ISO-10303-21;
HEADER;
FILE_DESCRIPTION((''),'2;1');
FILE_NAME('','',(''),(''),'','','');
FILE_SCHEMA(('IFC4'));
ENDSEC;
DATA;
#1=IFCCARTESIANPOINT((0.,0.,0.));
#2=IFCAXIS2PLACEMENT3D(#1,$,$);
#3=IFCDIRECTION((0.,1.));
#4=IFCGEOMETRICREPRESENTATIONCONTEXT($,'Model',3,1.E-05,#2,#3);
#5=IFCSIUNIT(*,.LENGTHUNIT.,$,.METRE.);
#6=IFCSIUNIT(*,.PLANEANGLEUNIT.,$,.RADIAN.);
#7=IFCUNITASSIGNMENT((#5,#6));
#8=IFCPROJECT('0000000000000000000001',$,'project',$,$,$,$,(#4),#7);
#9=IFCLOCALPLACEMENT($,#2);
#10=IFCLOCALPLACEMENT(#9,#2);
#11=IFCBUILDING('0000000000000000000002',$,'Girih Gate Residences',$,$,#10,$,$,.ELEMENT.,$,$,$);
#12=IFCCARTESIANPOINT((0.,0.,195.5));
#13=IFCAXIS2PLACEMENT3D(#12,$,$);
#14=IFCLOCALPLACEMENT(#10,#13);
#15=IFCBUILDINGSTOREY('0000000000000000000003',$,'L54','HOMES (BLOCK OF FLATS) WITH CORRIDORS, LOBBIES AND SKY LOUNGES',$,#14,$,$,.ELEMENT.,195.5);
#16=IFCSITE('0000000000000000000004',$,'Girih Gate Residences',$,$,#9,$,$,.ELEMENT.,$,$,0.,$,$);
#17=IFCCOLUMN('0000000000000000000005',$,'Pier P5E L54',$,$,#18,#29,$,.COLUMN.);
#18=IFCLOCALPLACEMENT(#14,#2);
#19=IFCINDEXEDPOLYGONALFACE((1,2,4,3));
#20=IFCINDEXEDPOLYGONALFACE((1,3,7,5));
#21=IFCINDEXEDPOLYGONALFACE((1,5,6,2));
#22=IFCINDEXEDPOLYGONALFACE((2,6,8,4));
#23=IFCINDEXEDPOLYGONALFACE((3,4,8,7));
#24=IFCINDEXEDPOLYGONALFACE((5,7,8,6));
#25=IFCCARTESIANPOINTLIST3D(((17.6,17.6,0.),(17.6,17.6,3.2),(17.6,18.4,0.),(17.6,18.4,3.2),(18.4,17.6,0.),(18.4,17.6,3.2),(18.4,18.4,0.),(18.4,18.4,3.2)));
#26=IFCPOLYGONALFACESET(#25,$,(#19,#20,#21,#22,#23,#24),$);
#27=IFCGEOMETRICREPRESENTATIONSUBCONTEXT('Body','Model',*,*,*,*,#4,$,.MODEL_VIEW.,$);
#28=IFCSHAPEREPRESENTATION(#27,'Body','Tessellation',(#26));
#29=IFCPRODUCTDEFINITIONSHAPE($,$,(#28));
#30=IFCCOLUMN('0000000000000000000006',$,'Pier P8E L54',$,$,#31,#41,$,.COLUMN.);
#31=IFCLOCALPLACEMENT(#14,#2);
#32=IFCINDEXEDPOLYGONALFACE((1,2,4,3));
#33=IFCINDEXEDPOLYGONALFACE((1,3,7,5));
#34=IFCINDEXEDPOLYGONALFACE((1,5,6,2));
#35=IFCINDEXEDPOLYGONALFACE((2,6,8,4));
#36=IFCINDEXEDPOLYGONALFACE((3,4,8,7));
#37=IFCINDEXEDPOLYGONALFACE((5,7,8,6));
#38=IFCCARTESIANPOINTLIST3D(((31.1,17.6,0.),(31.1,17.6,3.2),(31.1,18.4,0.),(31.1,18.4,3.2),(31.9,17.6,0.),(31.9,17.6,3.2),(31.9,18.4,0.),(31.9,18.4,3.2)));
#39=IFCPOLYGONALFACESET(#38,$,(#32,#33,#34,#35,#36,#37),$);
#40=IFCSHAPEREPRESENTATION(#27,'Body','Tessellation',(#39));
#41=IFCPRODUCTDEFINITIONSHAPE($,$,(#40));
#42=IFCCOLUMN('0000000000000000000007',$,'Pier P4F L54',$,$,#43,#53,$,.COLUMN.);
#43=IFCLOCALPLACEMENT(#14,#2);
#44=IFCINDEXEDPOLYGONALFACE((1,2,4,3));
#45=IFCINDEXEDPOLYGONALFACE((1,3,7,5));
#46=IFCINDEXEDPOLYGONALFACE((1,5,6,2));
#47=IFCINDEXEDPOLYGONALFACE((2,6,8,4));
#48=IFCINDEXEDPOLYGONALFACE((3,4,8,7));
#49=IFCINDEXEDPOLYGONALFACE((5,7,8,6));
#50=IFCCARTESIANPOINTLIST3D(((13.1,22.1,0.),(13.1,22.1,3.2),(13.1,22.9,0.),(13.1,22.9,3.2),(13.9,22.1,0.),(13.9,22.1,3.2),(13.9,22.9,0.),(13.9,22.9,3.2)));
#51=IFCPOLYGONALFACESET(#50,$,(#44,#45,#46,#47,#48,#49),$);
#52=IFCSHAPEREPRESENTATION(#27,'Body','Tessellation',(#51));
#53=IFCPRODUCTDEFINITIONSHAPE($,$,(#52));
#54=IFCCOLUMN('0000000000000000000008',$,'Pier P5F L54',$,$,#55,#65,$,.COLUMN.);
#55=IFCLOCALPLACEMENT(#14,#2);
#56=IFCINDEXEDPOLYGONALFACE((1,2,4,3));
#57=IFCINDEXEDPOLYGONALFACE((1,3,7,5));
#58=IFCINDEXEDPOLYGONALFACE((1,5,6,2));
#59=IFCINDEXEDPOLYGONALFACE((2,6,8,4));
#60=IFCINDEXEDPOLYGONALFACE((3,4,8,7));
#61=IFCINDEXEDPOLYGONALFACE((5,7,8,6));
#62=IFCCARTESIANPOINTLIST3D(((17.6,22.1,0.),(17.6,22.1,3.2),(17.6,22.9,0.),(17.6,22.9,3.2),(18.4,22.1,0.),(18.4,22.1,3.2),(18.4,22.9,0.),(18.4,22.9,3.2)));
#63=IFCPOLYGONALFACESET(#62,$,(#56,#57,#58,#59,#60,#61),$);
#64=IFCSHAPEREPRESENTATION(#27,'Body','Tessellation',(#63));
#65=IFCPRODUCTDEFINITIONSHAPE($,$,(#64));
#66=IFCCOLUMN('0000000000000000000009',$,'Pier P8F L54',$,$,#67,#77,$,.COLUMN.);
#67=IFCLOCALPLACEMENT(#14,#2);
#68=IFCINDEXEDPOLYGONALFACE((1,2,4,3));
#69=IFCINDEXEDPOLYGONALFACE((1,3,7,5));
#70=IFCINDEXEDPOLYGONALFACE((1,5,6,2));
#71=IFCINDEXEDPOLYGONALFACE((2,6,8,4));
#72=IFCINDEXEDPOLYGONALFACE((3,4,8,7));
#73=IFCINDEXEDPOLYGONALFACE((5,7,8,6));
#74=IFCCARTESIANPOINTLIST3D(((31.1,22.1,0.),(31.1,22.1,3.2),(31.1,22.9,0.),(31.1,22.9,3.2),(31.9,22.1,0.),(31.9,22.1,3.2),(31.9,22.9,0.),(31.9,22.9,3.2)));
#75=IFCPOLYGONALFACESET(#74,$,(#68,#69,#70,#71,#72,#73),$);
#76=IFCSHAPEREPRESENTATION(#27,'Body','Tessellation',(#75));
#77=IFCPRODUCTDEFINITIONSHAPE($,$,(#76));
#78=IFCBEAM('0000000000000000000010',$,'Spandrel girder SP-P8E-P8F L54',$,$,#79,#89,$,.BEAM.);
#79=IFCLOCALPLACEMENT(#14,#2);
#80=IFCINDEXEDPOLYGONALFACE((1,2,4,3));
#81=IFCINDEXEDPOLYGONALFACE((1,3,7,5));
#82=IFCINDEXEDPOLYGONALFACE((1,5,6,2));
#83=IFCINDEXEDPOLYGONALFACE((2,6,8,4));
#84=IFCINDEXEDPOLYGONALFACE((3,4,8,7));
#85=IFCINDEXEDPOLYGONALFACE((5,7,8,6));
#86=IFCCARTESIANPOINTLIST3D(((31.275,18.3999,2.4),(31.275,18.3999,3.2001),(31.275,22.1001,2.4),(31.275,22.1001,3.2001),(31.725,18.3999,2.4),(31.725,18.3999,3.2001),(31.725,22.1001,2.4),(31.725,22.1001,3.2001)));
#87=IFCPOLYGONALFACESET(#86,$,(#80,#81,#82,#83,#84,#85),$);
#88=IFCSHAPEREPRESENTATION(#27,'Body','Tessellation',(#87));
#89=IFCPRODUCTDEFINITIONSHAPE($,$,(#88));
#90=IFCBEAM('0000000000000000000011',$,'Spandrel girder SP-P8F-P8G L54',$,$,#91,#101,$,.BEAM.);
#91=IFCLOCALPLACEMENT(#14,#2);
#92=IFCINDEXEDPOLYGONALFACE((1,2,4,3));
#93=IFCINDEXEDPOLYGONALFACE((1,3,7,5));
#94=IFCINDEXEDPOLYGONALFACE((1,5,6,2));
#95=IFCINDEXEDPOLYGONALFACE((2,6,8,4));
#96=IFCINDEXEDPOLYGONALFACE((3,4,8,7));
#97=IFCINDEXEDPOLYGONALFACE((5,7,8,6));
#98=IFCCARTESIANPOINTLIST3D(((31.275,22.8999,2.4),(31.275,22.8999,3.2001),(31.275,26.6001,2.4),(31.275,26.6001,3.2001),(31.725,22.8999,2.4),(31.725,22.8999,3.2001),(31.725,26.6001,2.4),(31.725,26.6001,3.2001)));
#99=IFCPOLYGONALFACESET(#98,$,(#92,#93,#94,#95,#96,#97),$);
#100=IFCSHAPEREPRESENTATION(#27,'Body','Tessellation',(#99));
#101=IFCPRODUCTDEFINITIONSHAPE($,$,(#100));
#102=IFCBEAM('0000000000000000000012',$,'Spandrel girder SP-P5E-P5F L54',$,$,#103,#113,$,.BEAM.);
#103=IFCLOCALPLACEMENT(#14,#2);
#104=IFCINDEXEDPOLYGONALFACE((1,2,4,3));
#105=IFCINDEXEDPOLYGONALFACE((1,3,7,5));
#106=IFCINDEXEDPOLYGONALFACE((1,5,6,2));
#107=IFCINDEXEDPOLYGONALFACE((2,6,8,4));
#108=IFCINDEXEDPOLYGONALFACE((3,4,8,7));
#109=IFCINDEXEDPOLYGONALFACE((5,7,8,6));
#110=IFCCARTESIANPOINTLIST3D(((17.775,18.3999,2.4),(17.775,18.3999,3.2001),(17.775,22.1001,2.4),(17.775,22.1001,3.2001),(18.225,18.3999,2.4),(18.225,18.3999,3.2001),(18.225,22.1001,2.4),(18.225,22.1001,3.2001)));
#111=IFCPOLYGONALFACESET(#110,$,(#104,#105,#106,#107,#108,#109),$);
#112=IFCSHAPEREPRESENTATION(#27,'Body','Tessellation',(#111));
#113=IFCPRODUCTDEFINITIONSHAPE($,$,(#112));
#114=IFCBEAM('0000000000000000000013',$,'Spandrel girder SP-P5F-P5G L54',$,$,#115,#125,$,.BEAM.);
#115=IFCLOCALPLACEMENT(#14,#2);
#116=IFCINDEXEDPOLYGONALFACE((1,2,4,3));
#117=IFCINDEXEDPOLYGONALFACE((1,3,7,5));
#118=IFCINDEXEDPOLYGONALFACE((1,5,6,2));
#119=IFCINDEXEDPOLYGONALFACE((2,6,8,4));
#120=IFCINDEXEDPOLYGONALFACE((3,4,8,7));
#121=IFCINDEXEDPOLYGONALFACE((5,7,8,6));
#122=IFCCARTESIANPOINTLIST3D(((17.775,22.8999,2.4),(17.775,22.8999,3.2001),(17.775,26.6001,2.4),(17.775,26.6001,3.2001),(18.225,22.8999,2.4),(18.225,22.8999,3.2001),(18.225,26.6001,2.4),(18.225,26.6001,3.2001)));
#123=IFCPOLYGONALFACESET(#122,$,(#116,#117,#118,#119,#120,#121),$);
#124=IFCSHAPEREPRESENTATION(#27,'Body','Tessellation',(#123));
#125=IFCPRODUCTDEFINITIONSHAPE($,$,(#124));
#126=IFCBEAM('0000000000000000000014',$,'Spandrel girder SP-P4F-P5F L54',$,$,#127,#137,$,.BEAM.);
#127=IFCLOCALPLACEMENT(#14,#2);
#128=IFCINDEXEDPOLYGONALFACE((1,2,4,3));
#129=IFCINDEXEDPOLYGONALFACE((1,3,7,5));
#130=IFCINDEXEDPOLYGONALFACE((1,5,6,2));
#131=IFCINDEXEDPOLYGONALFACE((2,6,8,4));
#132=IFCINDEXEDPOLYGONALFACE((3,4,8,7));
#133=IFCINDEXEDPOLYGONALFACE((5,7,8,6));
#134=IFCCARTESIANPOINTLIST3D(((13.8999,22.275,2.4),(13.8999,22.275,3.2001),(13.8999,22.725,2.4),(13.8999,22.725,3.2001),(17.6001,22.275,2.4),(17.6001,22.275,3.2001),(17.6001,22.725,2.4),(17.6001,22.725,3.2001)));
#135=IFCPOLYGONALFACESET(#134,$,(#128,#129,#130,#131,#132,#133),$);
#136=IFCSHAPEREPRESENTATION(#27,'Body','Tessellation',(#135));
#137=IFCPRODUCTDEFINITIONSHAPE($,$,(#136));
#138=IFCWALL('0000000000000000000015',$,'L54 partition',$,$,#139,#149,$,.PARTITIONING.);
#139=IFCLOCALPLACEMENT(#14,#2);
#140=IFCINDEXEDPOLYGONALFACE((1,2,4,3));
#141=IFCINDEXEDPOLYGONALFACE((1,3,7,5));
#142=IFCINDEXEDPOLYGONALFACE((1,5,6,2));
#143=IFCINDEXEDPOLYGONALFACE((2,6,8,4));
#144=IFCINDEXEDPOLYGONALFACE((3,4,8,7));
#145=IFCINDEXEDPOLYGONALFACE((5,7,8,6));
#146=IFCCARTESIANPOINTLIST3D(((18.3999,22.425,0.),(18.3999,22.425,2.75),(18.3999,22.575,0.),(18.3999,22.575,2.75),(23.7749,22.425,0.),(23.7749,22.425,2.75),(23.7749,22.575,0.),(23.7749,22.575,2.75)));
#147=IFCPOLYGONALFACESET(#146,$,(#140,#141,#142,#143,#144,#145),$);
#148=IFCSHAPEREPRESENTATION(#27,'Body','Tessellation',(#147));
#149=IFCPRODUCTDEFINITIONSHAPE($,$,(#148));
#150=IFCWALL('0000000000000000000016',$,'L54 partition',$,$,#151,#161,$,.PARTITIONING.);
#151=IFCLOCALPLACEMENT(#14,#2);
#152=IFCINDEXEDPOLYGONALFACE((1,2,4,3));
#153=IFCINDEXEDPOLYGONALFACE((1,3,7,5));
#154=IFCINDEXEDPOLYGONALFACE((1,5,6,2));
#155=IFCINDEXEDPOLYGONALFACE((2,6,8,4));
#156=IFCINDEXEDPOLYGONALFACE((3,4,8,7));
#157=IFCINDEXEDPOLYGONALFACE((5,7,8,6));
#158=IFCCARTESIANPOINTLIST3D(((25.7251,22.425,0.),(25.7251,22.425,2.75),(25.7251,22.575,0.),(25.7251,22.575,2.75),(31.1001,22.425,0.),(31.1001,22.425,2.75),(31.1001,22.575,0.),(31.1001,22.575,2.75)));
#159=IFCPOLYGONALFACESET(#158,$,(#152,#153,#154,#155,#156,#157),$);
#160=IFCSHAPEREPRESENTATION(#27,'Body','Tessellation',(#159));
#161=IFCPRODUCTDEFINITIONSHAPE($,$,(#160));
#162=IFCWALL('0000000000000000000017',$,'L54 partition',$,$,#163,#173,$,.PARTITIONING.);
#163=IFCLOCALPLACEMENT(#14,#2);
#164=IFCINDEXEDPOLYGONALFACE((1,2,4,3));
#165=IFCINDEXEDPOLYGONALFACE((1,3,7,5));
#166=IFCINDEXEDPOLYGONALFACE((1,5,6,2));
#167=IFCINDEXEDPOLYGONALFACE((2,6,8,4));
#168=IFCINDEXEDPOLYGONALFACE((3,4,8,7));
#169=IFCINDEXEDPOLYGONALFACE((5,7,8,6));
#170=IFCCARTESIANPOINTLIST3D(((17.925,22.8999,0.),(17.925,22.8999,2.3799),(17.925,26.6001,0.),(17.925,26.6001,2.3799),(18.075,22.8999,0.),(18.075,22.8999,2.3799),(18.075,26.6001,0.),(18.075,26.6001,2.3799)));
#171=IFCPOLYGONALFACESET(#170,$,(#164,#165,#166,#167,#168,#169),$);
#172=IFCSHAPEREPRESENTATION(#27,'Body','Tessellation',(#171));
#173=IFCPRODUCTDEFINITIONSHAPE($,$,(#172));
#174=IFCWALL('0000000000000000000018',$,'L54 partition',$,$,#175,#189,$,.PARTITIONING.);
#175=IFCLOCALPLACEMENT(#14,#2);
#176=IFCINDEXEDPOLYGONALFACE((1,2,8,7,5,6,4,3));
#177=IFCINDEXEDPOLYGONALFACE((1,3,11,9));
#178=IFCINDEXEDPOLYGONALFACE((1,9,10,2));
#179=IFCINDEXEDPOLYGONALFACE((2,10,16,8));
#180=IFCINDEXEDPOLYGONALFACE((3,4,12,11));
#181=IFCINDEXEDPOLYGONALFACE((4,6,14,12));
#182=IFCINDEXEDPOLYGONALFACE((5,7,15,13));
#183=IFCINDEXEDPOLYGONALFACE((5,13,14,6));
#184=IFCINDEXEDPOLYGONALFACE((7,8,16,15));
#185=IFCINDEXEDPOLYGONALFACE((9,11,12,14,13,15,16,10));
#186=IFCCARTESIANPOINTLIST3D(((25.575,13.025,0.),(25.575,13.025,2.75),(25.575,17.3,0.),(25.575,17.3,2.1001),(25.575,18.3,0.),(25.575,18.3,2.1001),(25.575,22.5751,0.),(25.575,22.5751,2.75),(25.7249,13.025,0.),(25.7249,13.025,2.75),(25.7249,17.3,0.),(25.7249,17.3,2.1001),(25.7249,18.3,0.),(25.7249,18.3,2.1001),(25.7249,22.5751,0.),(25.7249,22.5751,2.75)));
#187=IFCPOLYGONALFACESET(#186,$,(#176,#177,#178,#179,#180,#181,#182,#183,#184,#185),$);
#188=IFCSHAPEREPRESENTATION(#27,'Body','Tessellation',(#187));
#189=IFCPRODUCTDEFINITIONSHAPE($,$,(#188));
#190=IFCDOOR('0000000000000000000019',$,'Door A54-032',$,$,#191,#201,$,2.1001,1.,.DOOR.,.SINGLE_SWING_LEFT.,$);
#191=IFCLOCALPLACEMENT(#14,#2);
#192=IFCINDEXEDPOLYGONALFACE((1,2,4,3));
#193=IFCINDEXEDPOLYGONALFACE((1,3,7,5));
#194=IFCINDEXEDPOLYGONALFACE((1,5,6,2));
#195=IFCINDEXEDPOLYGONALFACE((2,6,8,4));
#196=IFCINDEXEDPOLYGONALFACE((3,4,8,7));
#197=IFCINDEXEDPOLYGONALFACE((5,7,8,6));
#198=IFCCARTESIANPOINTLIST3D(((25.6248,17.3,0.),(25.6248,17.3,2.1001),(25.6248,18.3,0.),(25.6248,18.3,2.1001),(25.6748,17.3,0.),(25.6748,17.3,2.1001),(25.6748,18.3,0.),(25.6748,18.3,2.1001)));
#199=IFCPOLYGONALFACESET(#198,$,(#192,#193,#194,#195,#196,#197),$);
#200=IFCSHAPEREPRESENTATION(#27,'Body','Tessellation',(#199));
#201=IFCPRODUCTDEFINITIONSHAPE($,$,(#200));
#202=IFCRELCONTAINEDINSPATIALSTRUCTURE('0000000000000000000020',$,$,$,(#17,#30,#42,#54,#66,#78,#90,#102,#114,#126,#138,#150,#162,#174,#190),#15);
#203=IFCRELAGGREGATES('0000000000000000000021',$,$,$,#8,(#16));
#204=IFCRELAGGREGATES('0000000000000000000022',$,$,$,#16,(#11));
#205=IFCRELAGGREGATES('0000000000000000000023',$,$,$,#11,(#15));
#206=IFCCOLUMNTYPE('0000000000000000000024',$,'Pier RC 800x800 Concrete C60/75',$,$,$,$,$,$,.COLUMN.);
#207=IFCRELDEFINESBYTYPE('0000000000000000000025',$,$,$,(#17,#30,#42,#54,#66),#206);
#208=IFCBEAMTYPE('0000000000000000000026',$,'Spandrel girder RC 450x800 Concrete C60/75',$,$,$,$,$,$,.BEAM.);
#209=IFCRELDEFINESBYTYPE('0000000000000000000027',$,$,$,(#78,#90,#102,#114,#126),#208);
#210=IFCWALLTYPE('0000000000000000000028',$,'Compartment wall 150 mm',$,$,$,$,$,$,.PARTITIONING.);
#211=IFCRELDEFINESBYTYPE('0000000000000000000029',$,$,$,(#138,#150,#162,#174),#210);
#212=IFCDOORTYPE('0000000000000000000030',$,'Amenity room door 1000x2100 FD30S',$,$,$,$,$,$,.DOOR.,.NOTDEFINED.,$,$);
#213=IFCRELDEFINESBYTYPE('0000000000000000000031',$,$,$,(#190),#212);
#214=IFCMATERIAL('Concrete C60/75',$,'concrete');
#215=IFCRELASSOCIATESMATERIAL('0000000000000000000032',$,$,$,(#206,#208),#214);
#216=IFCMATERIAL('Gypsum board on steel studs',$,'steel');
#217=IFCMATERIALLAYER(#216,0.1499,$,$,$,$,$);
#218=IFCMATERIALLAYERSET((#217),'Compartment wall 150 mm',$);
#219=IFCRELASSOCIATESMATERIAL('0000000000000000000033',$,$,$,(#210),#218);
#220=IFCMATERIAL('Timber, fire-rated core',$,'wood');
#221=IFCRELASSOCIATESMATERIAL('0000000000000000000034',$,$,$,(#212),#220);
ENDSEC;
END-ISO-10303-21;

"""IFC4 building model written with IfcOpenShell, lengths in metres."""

from ifc_helpers import new_model, si_unit, direction, frame, frame_2d, origin, origin_2d, place, context, subcontext, project, spatial, rectangle, extrude, material, layer, layer_set, material_profile, profile_set, type_object, element, fill, save


model = new_model("IFC4")

# Units and contexts
model_context = context("Model", 3, precision=1e-05, world=origin(), true_north=direction((0.0, 1.0)))
body_context = subcontext(model_context, "Body", "Model", "MODEL_VIEW")
ifc_project = project(units=[si_unit("LENGTHUNIT", "METRE"), si_unit("PLANEANGLEUNIT", "RADIAN")], contexts=[model_context])

# Site, building, storey
site_placement = place(None, origin())
site = spatial("IfcSite", under=ifc_project, at=site_placement, Name="Girih Gate Residences", CompositionType="ELEMENT", RefElevation=0.0)
building_placement = place(site_placement, origin())
building = spatial("IfcBuilding", under=site, at=building_placement, Name="Girih Gate Residences", CompositionType="ELEMENT")
storey_placement = place(building_placement, frame((0.0, 0.0, 195.5)))
storey = spatial("IfcBuildingStorey", under=building, at=storey_placement, Name="L54", Description="HOMES (BLOCK OF FLATS) WITH CORRIDORS, LOBBIES AND SKY LOUNGES", CompositionType="ELEMENT", Elevation=195.5)

# Columns
ifc_material_1 = material(Name="Concrete C60/75", Category="concrete")
ifc_material_profile_1 = material_profile(ifc_material_1, rectangle(XDim=0.8, YDim=0.8, at=origin_2d()))
ifc_profile_set_1 = profile_set([ifc_material_profile_1], Name="Concrete C60/75")
column_type = type_object("IfcColumnType", Name="Pier RC 800x800 Concrete C60/75", PredefinedType="COLUMN", material=ifc_profile_set_1)
for number, where, z_axis, x_axis, name in (
    (1, (18.0, 18.0, 0.0), (0.0, 0.0, 1.0), (1.0, 0.0, 0.0), "Pier P5E L54"),
    (2, (31.5, 18.0, 0.0), (0.0, 0.0, 1.0), (1.0, 0.0, 0.0), "Pier P8E L54"),
    (3, (13.5, 22.5, 0.0), (0.0, 0.0, 1.0), (1.0, 0.0, 0.0), "Pier P4F L54"),
    (4, (18.0, 22.5, 0.0), (0.0, 0.0, 1.0), (1.0, 0.0, 0.0), "Pier P5F L54"),
    (5, (31.5, 22.5, 0.0), (0.0, 0.0, 1.0), (1.0, 0.0, 0.0), "Pier P8F L54"),
):
    element("IfcColumn", number, at=place(storey_placement, frame(where, z_axis=z_axis, x_axis=x_axis)), inside=storey, type_object=column_type, Name=name, PredefinedType="COLUMN", context=body_context, shape_type="SweptSolid", body=[
        extrude(rectangle(XDim=0.8, YDim=0.8, at=origin_2d()), origin(), (0.0, 0.0, 1.0), 3.2),
    ])

# Beams
ifc_material_profile_2 = material_profile(ifc_material_1, rectangle(XDim=0.45, YDim=0.8, at=origin_2d()))
ifc_profile_set_2 = profile_set([ifc_material_profile_2], Name="Concrete C60/75")
beam_type = type_object("IfcBeamType", Name="Spandrel girder RC 450x800 Concrete C60/75", PredefinedType="BEAM", material=ifc_profile_set_2)
for number, where, z_axis, x_axis, name in (
    (6, (31.5, 18.3999, 2.8), (0.0, 1.0, 0.0), (-1.0, 0.0, 0.0), "Spandrel girder SP-P8E-P8F L54"),
    (7, (31.5, 22.8999, 2.8), (0.0, 1.0, 0.0), (-1.0, 0.0, 0.0), "Spandrel girder SP-P8F-P8G L54"),
    (8, (18.0, 18.3999, 2.8), (0.0, 1.0, 0.0), (-1.0, 0.0, 0.0), "Spandrel girder SP-P5E-P5F L54"),
    (9, (18.0, 22.8999, 2.8), (0.0, 1.0, 0.0), (-1.0, 0.0, 0.0), "Spandrel girder SP-P5F-P5G L54"),
    (10, (13.8999, 22.5, 2.8), (1.0, 0.0, 0.0), (0.0, 1.0, 0.0), "Spandrel girder SP-P4F-P5F L54"),
):
    element("IfcBeam", number, at=place(storey_placement, frame(where, z_axis=z_axis, x_axis=x_axis)), inside=storey, type_object=beam_type, Name=name, PredefinedType="BEAM", context=body_context, shape_type="SweptSolid", body=[
        extrude(rectangle(XDim=0.45, YDim=0.8, at=origin_2d()), origin(), (0.0, 0.0, 1.0), 3.7002),
    ])

# Walls
ifc_material_2 = material(Name="Gypsum board on steel studs", Category="steel")
ifc_layer_1 = layer(ifc_material_2, 0.1499)
ifc_layer_set_1 = layer_set([ifc_layer_1], Name="Compartment wall 150 mm")
wall_type_1 = type_object("IfcWallType", Name="Compartment wall 150 mm", PredefinedType="PARTITIONING", material=ifc_layer_set_1)
for number, where, z_axis, x_axis, name in (
    (11, (18.3999, 22.5, 0.0), (0.0, 0.0, 1.0), (1.0, 0.0, 0.0), "L54 partition"),
    (12, (25.7251, 22.5, 0.0), (0.0, 0.0, 1.0), (1.0, 0.0, 0.0), "L54 partition"),
):
    element("IfcWall", number, at=place(storey_placement, frame(where, z_axis=z_axis, x_axis=x_axis)), inside=storey, type_object=wall_type_1, Name=name, PredefinedType="PARTITIONING", context=body_context, shape_type="SweptSolid", body=[
        extrude(rectangle(XDim=5.375, YDim=0.1499, at=frame_2d((2.6875, 0.0))), origin(), (0.0, 0.0, 1.0), 2.75),
    ])
wall_1_placement = place(storey_placement, frame((18.0, 22.8999, 0.0), z_axis=(0.0, 0.0, 1.0), x_axis=(0.0, 1.0, 0.0)))
element("IfcWall", 13, at=wall_1_placement, inside=storey, type_object=wall_type_1, Name="L54 partition", PredefinedType="PARTITIONING", context=body_context, shape_type="SweptSolid", body=[
    extrude(rectangle(XDim=3.7002, YDim=0.1499, at=frame_2d((1.8501, 0.0))), origin(), (0.0, 0.0, 1.0), 2.3799),
])

# Wall, opening, door
wall_2_placement = place(storey_placement, frame((25.6499, 22.575, 0.0), z_axis=(0.0, 0.0, 1.0), x_axis=(0.0, -1.0, 0.0)))
wall_2 = element("IfcWall", 14, at=wall_2_placement, inside=storey, type_object=wall_type_1, Name="L54 partition", PredefinedType="PARTITIONING", context=body_context, shape_type="SweptSolid", body=[
    extrude(rectangle(XDim=9.55, YDim=0.1499, at=frame_2d((4.7749, 0.0))), origin(), (0.0, 0.0, 1.0), 2.75),
])
opening_1_placement = place(wall_2_placement, frame((4.2749, 0.0, 0.0)))
opening_1 = element("IfcOpeningElement", 15, at=opening_1_placement, cuts=wall_2, PredefinedType="OPENING", context=body_context, shape_type="SweptSolid", body=[
    extrude(rectangle(XDim=1.0, YDim=2.1001, at=frame_2d((0.5, 1.05))), frame((0.0, 0.085, 0.0), z_axis=(0.0, -1.0, 0.0), x_axis=(1.0, 0.0, 0.0)), (0.0, 0.0, 1.0), 0.1699),
])
ifc_material_3 = material(Name="Timber, fire-rated core", Category="wood")
door_type = type_object("IfcDoorType", Name="Amenity room door 1000x2100 FD30S", OperationType="NOTDEFINED", PredefinedType="DOOR", material=ifc_material_3)
door_1_placement = place(opening_1_placement, origin())
door_1 = element("IfcDoor", 16, at=door_1_placement, inside=storey, type_object=door_type, Name="Door A54-032", OperationType="SINGLE_SWING_LEFT", OverallHeight=2.1001, OverallWidth=1.0, PredefinedType="DOOR", context=body_context, shape_type="SweptSolid", body=[
    extrude(rectangle(XDim=1.0, YDim=2.1001, at=frame_2d((0.5, 1.05))), frame((0.0, 0.0249, 0.0), z_axis=(0.0, -1.0, 0.0), x_axis=(1.0, 0.0, 0.0)), (0.0, 0.0, 1.0), 0.05),
])
fill(opening_1, door_1)

save(model, "model.ifc")
